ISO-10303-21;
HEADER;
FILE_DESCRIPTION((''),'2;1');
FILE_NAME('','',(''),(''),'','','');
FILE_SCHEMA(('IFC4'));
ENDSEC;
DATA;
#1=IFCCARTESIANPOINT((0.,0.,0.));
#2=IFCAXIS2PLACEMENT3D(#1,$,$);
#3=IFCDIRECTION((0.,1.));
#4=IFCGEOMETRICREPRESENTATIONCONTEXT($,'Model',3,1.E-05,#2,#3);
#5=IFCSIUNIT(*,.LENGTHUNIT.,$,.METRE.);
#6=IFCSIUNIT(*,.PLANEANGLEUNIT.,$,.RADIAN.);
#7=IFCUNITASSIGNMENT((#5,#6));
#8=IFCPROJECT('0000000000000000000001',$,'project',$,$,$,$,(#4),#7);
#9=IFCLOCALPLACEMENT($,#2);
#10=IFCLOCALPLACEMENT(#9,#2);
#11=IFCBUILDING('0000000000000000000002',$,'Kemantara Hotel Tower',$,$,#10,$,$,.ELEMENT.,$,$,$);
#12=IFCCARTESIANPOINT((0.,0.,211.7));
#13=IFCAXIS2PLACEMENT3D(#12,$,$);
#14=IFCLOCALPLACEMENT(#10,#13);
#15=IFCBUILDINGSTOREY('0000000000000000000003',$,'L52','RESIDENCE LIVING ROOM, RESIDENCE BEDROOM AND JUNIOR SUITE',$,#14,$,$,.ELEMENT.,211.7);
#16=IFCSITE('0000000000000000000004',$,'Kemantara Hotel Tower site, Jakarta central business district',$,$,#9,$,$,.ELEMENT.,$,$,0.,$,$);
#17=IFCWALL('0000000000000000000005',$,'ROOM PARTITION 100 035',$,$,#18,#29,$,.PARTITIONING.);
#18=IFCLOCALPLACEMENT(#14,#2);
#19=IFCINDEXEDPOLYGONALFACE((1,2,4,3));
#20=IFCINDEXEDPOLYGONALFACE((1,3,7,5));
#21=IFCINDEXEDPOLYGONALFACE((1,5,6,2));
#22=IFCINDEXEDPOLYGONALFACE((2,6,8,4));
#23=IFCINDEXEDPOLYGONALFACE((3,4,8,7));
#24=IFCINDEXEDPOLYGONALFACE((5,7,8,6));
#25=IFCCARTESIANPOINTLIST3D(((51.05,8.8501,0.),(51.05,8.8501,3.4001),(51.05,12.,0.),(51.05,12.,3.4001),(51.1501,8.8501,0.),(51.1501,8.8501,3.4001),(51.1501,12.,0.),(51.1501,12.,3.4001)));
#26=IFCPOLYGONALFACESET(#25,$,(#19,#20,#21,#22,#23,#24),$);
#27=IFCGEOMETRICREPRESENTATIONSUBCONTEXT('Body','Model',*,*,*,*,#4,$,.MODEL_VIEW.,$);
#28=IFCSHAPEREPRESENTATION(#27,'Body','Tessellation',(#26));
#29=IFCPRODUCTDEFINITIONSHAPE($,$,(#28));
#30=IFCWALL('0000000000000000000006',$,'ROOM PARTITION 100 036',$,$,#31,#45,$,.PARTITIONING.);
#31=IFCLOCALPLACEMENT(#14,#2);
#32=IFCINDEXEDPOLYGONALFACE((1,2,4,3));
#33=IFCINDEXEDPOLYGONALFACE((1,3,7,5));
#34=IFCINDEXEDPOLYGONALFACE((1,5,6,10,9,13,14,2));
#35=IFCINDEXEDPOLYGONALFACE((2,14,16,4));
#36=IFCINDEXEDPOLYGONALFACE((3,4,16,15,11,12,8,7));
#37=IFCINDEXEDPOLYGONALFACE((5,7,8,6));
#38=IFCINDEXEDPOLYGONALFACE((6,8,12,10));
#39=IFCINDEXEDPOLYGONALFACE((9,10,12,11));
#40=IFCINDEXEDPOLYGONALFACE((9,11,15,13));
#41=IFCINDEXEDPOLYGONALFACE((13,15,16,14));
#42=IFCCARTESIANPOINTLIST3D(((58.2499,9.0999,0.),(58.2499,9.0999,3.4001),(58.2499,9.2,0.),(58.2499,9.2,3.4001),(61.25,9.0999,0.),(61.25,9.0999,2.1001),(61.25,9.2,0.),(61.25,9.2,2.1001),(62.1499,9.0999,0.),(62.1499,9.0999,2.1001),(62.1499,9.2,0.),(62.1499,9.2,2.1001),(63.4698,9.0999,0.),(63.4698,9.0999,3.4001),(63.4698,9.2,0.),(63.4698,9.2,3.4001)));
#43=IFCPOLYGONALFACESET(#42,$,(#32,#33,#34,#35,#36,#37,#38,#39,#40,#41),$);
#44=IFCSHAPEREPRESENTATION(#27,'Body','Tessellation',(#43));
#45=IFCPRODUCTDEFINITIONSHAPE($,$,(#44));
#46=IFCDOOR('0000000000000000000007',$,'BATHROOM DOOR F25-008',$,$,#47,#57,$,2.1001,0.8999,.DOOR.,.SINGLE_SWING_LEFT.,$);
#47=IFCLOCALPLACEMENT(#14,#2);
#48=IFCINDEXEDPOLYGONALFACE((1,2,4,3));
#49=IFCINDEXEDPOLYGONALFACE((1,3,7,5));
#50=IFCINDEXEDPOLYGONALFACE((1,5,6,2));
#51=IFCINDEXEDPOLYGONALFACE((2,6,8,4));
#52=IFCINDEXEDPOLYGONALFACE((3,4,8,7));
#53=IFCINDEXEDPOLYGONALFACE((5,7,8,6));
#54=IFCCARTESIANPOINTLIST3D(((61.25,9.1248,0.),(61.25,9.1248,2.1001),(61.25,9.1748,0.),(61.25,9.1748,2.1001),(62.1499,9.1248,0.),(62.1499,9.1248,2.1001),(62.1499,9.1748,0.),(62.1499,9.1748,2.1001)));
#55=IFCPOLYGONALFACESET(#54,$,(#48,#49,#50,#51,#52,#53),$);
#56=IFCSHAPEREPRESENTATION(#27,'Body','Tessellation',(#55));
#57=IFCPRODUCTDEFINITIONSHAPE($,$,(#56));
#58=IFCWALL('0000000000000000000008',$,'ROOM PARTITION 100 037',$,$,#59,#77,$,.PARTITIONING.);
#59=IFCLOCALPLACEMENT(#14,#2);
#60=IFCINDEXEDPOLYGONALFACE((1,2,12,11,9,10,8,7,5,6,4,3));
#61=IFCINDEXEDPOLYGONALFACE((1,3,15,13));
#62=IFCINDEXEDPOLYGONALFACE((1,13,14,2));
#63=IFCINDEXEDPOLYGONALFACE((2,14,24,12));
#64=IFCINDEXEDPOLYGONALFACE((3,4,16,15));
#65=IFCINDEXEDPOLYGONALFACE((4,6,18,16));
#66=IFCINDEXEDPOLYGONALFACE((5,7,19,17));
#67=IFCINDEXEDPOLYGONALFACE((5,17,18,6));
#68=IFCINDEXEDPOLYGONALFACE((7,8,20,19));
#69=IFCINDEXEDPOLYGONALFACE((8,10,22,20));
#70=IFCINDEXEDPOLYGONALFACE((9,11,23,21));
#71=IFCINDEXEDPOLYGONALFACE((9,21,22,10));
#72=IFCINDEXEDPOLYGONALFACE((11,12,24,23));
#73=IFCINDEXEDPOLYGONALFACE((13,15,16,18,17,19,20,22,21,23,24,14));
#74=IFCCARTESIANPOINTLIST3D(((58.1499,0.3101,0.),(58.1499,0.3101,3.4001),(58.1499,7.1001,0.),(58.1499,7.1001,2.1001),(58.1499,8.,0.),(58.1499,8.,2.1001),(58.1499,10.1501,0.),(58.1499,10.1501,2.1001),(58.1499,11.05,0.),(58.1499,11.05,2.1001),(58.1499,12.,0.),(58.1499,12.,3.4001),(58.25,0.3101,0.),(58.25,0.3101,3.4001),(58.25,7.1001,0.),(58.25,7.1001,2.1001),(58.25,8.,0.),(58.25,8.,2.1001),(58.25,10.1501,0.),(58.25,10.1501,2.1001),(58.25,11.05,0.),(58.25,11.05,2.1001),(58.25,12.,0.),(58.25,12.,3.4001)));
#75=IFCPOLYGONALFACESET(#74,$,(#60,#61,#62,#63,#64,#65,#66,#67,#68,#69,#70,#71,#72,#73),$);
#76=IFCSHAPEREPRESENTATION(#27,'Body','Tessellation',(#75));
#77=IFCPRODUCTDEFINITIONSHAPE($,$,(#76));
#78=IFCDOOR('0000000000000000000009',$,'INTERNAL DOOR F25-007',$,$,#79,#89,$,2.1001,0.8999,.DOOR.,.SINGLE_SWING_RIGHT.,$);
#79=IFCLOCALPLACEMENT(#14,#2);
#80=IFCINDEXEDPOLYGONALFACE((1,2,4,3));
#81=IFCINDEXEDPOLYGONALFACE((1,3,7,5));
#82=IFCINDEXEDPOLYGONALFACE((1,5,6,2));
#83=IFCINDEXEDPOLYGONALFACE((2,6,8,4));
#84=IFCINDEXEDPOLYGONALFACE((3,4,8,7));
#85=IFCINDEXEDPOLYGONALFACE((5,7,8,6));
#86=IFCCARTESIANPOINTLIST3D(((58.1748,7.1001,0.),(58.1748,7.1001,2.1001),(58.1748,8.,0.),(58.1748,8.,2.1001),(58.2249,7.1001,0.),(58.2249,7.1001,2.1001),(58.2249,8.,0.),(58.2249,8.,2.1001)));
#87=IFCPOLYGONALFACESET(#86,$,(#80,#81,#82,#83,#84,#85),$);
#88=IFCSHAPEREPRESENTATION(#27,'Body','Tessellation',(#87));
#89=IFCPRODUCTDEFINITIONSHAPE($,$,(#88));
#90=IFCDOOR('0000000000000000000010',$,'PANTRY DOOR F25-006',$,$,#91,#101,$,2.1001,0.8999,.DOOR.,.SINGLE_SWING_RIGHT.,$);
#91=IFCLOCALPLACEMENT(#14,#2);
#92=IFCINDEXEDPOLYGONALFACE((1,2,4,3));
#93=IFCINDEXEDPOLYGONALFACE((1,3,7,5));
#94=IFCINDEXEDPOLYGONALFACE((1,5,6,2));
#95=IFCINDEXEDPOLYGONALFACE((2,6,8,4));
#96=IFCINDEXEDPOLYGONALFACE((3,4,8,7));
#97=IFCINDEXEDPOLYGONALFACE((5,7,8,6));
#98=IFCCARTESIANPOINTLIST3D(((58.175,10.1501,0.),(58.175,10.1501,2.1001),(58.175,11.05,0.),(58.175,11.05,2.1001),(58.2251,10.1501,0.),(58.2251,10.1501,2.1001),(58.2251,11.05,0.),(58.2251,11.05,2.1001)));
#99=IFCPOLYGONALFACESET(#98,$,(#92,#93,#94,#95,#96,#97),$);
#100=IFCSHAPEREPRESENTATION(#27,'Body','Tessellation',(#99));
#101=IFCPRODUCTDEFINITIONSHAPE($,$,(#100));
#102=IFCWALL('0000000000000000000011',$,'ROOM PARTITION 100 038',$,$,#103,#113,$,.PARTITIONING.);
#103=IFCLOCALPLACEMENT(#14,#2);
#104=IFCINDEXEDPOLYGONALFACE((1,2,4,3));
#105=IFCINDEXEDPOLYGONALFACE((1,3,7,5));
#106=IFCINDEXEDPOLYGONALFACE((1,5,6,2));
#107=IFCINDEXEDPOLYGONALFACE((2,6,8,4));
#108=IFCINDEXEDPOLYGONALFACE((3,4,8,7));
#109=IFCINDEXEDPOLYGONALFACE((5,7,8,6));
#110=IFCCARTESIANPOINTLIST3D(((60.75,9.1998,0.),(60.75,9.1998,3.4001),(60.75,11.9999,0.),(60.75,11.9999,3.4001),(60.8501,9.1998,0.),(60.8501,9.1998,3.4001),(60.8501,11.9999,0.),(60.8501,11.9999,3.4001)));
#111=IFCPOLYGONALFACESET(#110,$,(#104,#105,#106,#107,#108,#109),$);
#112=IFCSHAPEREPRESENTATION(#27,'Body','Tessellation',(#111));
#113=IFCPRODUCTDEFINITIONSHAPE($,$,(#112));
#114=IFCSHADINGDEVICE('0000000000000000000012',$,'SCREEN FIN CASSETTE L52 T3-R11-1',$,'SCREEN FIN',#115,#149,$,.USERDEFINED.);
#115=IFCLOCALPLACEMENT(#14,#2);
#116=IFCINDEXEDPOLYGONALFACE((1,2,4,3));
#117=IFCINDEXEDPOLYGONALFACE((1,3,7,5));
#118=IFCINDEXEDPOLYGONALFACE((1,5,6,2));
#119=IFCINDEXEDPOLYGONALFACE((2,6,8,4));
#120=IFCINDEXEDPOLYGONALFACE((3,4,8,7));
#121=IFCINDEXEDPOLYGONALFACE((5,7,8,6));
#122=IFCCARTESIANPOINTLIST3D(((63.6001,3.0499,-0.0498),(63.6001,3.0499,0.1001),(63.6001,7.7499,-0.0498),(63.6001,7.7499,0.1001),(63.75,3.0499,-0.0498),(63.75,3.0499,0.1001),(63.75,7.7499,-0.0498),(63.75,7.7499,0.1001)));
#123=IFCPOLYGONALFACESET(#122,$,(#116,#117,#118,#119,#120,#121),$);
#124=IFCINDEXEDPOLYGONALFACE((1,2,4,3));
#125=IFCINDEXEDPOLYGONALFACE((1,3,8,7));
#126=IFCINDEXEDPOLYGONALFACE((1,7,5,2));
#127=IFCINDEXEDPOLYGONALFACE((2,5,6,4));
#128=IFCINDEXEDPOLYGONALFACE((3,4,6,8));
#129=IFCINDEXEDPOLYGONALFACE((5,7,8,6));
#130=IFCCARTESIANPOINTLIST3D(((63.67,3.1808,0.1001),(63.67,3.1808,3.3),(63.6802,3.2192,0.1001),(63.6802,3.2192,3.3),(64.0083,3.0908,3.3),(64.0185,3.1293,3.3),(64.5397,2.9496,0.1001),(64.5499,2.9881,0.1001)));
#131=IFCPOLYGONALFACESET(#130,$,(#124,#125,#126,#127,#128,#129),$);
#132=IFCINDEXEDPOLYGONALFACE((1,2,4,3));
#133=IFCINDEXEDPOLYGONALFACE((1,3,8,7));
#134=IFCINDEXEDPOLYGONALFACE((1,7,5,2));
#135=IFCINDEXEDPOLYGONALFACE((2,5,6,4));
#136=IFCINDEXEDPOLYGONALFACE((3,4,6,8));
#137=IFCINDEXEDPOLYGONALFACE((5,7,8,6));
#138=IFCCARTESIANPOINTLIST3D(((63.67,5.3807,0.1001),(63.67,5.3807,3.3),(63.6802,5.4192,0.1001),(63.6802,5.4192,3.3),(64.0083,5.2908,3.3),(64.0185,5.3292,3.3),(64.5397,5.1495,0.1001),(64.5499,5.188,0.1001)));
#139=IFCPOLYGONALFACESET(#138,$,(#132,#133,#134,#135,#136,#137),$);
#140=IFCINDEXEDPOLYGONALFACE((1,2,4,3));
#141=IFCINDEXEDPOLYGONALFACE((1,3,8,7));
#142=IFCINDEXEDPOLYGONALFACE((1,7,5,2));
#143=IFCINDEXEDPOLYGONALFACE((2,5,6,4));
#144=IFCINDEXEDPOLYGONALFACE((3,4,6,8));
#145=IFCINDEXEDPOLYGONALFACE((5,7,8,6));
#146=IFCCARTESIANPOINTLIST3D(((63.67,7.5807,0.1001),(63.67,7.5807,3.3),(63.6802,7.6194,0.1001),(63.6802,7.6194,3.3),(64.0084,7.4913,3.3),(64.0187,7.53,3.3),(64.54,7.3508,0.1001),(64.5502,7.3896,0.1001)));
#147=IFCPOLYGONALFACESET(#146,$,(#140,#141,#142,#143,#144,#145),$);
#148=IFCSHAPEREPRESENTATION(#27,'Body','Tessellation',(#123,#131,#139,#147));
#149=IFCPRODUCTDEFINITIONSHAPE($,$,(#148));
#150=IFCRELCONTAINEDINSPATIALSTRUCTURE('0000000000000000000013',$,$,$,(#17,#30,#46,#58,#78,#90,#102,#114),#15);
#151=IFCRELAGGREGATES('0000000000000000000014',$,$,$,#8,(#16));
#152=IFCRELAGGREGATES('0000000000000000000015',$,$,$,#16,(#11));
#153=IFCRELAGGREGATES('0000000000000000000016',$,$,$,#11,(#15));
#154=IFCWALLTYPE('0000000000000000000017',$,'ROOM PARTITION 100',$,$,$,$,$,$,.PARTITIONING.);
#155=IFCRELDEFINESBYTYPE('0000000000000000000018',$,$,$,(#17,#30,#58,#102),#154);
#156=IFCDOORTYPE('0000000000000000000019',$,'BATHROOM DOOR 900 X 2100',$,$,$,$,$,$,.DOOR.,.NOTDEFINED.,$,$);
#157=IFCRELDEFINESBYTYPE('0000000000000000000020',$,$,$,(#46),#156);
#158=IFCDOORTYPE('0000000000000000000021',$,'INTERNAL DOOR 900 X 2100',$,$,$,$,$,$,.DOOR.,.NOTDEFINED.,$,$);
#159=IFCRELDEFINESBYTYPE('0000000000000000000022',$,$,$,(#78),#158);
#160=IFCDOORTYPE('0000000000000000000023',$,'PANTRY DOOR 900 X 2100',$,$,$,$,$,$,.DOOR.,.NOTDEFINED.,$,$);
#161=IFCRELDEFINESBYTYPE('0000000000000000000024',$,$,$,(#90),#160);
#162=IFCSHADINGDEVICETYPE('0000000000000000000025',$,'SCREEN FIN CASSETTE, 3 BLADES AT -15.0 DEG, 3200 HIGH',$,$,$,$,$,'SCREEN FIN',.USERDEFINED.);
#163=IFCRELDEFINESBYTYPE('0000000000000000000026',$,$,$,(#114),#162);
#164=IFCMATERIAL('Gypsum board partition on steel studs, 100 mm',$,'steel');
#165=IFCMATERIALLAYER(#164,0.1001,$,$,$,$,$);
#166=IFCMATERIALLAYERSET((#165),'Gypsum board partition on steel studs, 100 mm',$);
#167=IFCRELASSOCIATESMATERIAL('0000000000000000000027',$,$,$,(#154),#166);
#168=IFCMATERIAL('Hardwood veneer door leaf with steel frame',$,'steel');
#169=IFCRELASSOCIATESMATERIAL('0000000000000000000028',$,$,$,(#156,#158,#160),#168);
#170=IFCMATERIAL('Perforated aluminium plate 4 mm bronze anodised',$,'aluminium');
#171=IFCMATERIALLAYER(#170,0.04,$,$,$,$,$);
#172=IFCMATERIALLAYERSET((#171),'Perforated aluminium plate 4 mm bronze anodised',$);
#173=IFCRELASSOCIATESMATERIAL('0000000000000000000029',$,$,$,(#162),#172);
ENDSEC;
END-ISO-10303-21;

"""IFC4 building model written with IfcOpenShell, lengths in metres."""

from ifc_helpers import new_model, si_unit, direction, frame, frame_2d, origin, origin_2d, place, context, subcontext, project, spatial, polyline, rectangle, outline, extrude, source, transform, mapped, material, layer, layer_set, type_object, element, fill, save


model = new_model("IFC4")

# Units and contexts
model_context = context("Model", 3, precision=1e-05, world=origin(), true_north=direction((0.0, 1.0)))
body_context = subcontext(model_context, "Body", "Model", "MODEL_VIEW")
ifc_project = project(units=[si_unit("LENGTHUNIT", "METRE"), si_unit("PLANEANGLEUNIT", "RADIAN")], contexts=[model_context])

# Site, building, storey
site_placement = place(None, origin())
site = spatial("IfcSite", under=ifc_project, at=site_placement, Name="Kemantara Hotel Tower site, Jakarta central business district", CompositionType="ELEMENT", RefElevation=0.0)
building_placement = place(site_placement, origin())
building = spatial("IfcBuilding", under=site, at=building_placement, Name="Kemantara Hotel Tower", CompositionType="ELEMENT")
storey_placement = place(building_placement, frame((0.0, 0.0, 211.7)))
storey = spatial("IfcBuildingStorey", under=building, at=storey_placement, Name="L52", Description="RESIDENCE LIVING ROOM, RESIDENCE BEDROOM AND JUNIOR SUITE", CompositionType="ELEMENT", Elevation=211.7)

# Wall
ifc_material_1 = material(Name="Gypsum board partition on steel studs, 100 mm", Category="steel")
ifc_layer_1 = layer(ifc_material_1, 0.1001)
ifc_layer_set_1 = layer_set([ifc_layer_1], Name="Gypsum board partition on steel studs, 100 mm")
wall_type_1 = type_object("IfcWallType", Name="ROOM PARTITION 100", PredefinedType="PARTITIONING", material=ifc_layer_set_1)
wall_1_placement = place(storey_placement, frame((51.1001, 8.8501, 0.0), z_axis=(0.0, 0.0, 1.0), x_axis=(0.0, 1.0, 0.0)))
element("IfcWall", 1, at=wall_1_placement, inside=storey, type_object=wall_type_1, Name="ROOM PARTITION 100 035", PredefinedType="PARTITIONING", context=body_context, shape_type="SweptSolid", body=[
    extrude(rectangle(XDim=3.1499, YDim=0.1001, at=frame_2d((1.575, 0.0))), origin(), (0.0, 0.0, 1.0), 3.4001),
])

# Wall, opening, door
wall_2_placement = place(storey_placement, frame((58.25, 9.1499, 0.0), z_axis=(0.0, 0.0, 1.0), x_axis=(1.0, 0.0, 0.0)))
wall_2 = element("IfcWall", 2, at=wall_2_placement, inside=storey, type_object=wall_type_1, Name="ROOM PARTITION 100 036", PredefinedType="PARTITIONING", context=body_context, shape_type="SweptSolid", body=[
    extrude(rectangle(XDim=5.22, YDim=0.1001, at=frame_2d((2.6099, 0.0))), origin(), (0.0, 0.0, 1.0), 3.4001),
])
opening_1_placement = place(wall_2_placement, frame((3.0, 0.0, 0.0)))
opening_1 = element("IfcOpeningElement", 3, at=opening_1_placement, cuts=wall_2, PredefinedType="OPENING", context=body_context, shape_type="SweptSolid", body=[
    extrude(rectangle(XDim=0.8999, YDim=2.1001, at=frame_2d((0.45, 1.05))), frame((0.0, 0.0601, 0.0), z_axis=(0.0, -1.0, 0.0), x_axis=(1.0, 0.0, 0.0)), (0.0, 0.0, 1.0), 0.1201),
])
ifc_material_2 = material(Name="Hardwood veneer door leaf with steel frame", Category="steel")
door_type_1 = type_object("IfcDoorType", Name="BATHROOM DOOR 900 X 2100", OperationType="NOTDEFINED", PredefinedType="DOOR", material=ifc_material_2)
door_1_placement = place(opening_1_placement, origin())
door_1 = element("IfcDoor", 4, at=door_1_placement, inside=storey, type_object=door_type_1, Name="BATHROOM DOOR F25-008", OperationType="SINGLE_SWING_LEFT", OverallHeight=2.1001, OverallWidth=0.8999, PredefinedType="DOOR", context=body_context, shape_type="SweptSolid", body=[
    extrude(rectangle(XDim=0.8999, YDim=2.1001, at=frame_2d((0.45, 1.05))), frame((0.0, 0.0249, 0.0), z_axis=(0.0, -1.0, 0.0), x_axis=(1.0, 0.0, 0.0)), (0.0, 0.0, 1.0), 0.05),
])
fill(opening_1, door_1)

# Wall, openings, doors
wall_3_placement = place(storey_placement, frame((58.2, 0.3101, 0.0), z_axis=(0.0, 0.0, 1.0), x_axis=(0.0, 1.0, 0.0)))
wall_3 = element("IfcWall", 5, at=wall_3_placement, inside=storey, type_object=wall_type_1, Name="ROOM PARTITION 100 037", PredefinedType="PARTITIONING", context=body_context, shape_type="SweptSolid", body=[
    extrude(rectangle(XDim=11.6899, YDim=0.1001, at=frame_2d((5.845, 0.0))), origin(), (0.0, 0.0, 1.0), 3.4001),
])
opening_2_placement = place(wall_3_placement, frame((9.8401, 0.0, 0.0)))
opening_2 = element("IfcOpeningElement", 6, at=opening_2_placement, cuts=wall_3, PredefinedType="OPENING", context=body_context, shape_type="SweptSolid", body=[
    extrude(rectangle(XDim=0.8999, YDim=2.1001, at=frame_2d((0.45, 1.05))), frame((0.0, 0.0601, 0.0), z_axis=(0.0, -1.0, 0.0), x_axis=(1.0, 0.0, 0.0)), (0.0, 0.0, 1.0), 0.1201),
])
opening_3_placement = place(wall_3_placement, frame((6.79, 0.0, 0.0)))
opening_3 = element("IfcOpeningElement", 7, at=opening_3_placement, cuts=wall_3, PredefinedType="OPENING", context=body_context, shape_type="SweptSolid", body=[
    extrude(rectangle(XDim=0.8999, YDim=2.1001, at=frame_2d((0.45, 1.05))), frame((0.0, 0.0601, 0.0), z_axis=(0.0, -1.0, 0.0), x_axis=(1.0, 0.0, 0.0)), (0.0, 0.0, 1.0), 0.1201),
])
door_type_2 = type_object("IfcDoorType", Name="INTERNAL DOOR 900 X 2100", OperationType="NOTDEFINED", PredefinedType="DOOR", material=ifc_material_2)
door_2_placement = place(opening_3_placement, frame((0.8999, 0.0, 0.0), z_axis=(0.0, 0.0, 1.0), x_axis=(-1.0, 0.0, 0.0)))
door_2 = element("IfcDoor", 8, at=door_2_placement, inside=storey, type_object=door_type_2, Name="INTERNAL DOOR F25-007", OperationType="SINGLE_SWING_RIGHT", OverallHeight=2.1001, OverallWidth=0.8999, PredefinedType="DOOR", context=body_context, shape_type="SweptSolid", body=[
    extrude(rectangle(XDim=0.8999, YDim=2.1001, at=frame_2d((0.45, 1.05))), frame((0.0, 0.0249, 0.0), z_axis=(0.0, -1.0, 0.0), x_axis=(1.0, 0.0, 0.0)), (0.0, 0.0, 1.0), 0.05),
])
fill(opening_3, door_2)
door_type_3 = type_object("IfcDoorType", Name="PANTRY DOOR 900 X 2100", OperationType="NOTDEFINED", PredefinedType="DOOR", material=ifc_material_2)
door_3_placement = place(opening_2_placement, origin())
door_3 = element("IfcDoor", 9, at=door_3_placement, inside=storey, type_object=door_type_3, Name="PANTRY DOOR F25-006", OperationType="SINGLE_SWING_RIGHT", OverallHeight=2.1001, OverallWidth=0.8999, PredefinedType="DOOR", context=body_context, shape_type="SweptSolid", body=[
    extrude(rectangle(XDim=0.8999, YDim=2.1001, at=frame_2d((0.45, 1.05))), frame((0.0, 0.0249, 0.0), z_axis=(0.0, -1.0, 0.0), x_axis=(1.0, 0.0, 0.0)), (0.0, 0.0, 1.0), 0.05),
])
fill(opening_2, door_3)

# Wall
wall_4_placement = place(storey_placement, frame((60.8, 9.2, 0.0), z_axis=(0.0, 0.0, 1.0), x_axis=(0.0, 1.0, 0.0)))
element("IfcWall", 10, at=wall_4_placement, inside=storey, type_object=wall_type_1, Name="ROOM PARTITION 100 038", PredefinedType="PARTITIONING", context=body_context, shape_type="SweptSolid", body=[
    extrude(rectangle(XDim=2.8, YDim=0.1001, at=frame_2d((1.3999, 0.0))), origin(), (0.0, 0.0, 1.0), 3.4001),
])

# Shading device
ifc_material_3 = material(Name="Perforated aluminium plate 4 mm bronze anodised", Category="aluminium")
ifc_layer_2 = layer(ifc_material_3, 0.04)
ifc_layer_set_2 = layer_set([ifc_layer_2], Name="Perforated aluminium plate 4 mm bronze anodised")
shading_device_type_1 = type_object("IfcShadingDeviceType", Name="SCREEN FIN CASSETTE, 3 BLADES AT -15.0 DEG, 3200 HIGH", ElementType="SCREEN FIN", PredefinedType="USERDEFINED", material=ifc_layer_set_2)
shared_shape_1 = source(origin(), body_context, "Body", "SweptSolid", [
    extrude(rectangle(XDim=4.7, YDim=0.1499, at=origin_2d()), frame((2.2, -0.075, -0.1499), z_axis=(0.0, 0.0, 1.0), x_axis=(1.0, 0.0, 0.0)), (0.0, 0.0, 1.0), 0.1499),
    extrude(outline(polyline([(0.0, 0.0), (0.8999, 0.0), (0.3501, 3.2), (0.0, 3.2), (0.0, 0.0)])), frame((0.0193, -0.0801, 0.0), z_axis=(-0.966438, 0.256901, 0.0), x_axis=(-0.256901, -0.966438, 0.0)), (0.0, 0.0, 1.0), 0.0398),
    extrude(outline(polyline([(0.0, 0.0), (0.8999, 0.0), (0.3501, 3.2), (0.0, 3.2), (0.0, 0.0)])), frame((2.2192, -0.0801, 0.0), z_axis=(-0.966438, 0.256901, 0.0), x_axis=(-0.256901, -0.966438, 0.0)), (0.0, 0.0, 1.0), 0.0398),
    extrude(outline(polyline([(0.0, 0.0), (0.8999, 0.0), (0.3501, 3.2), (0.0, 3.2), (0.0, 0.0)])), frame((4.4194, -0.0801, 0.0), z_axis=(-0.966838, 0.255391, 0.0), x_axis=(-0.255391, -0.966838, 0.0)), (0.0, 0.0, 1.0), 0.04),
])
shading_device_1_placement = place(storey_placement, frame((63.6001, 3.2, 0.1001), z_axis=(0.0, 0.0, 1.0), x_axis=(0.0, 1.0, 0.0)))
element("IfcShadingDevice", 11, at=shading_device_1_placement, inside=storey, type_object=shading_device_type_1, Name="SCREEN FIN CASSETTE L52 T3-R11-1", ObjectType="SCREEN FIN", PredefinedType="USERDEFINED", context=body_context, shape_type="MappedRepresentation", body=[
    mapped(shared_shape_1, transform((0.0, 0.0, 0.0))),
])

save(model, "model.ifc")
